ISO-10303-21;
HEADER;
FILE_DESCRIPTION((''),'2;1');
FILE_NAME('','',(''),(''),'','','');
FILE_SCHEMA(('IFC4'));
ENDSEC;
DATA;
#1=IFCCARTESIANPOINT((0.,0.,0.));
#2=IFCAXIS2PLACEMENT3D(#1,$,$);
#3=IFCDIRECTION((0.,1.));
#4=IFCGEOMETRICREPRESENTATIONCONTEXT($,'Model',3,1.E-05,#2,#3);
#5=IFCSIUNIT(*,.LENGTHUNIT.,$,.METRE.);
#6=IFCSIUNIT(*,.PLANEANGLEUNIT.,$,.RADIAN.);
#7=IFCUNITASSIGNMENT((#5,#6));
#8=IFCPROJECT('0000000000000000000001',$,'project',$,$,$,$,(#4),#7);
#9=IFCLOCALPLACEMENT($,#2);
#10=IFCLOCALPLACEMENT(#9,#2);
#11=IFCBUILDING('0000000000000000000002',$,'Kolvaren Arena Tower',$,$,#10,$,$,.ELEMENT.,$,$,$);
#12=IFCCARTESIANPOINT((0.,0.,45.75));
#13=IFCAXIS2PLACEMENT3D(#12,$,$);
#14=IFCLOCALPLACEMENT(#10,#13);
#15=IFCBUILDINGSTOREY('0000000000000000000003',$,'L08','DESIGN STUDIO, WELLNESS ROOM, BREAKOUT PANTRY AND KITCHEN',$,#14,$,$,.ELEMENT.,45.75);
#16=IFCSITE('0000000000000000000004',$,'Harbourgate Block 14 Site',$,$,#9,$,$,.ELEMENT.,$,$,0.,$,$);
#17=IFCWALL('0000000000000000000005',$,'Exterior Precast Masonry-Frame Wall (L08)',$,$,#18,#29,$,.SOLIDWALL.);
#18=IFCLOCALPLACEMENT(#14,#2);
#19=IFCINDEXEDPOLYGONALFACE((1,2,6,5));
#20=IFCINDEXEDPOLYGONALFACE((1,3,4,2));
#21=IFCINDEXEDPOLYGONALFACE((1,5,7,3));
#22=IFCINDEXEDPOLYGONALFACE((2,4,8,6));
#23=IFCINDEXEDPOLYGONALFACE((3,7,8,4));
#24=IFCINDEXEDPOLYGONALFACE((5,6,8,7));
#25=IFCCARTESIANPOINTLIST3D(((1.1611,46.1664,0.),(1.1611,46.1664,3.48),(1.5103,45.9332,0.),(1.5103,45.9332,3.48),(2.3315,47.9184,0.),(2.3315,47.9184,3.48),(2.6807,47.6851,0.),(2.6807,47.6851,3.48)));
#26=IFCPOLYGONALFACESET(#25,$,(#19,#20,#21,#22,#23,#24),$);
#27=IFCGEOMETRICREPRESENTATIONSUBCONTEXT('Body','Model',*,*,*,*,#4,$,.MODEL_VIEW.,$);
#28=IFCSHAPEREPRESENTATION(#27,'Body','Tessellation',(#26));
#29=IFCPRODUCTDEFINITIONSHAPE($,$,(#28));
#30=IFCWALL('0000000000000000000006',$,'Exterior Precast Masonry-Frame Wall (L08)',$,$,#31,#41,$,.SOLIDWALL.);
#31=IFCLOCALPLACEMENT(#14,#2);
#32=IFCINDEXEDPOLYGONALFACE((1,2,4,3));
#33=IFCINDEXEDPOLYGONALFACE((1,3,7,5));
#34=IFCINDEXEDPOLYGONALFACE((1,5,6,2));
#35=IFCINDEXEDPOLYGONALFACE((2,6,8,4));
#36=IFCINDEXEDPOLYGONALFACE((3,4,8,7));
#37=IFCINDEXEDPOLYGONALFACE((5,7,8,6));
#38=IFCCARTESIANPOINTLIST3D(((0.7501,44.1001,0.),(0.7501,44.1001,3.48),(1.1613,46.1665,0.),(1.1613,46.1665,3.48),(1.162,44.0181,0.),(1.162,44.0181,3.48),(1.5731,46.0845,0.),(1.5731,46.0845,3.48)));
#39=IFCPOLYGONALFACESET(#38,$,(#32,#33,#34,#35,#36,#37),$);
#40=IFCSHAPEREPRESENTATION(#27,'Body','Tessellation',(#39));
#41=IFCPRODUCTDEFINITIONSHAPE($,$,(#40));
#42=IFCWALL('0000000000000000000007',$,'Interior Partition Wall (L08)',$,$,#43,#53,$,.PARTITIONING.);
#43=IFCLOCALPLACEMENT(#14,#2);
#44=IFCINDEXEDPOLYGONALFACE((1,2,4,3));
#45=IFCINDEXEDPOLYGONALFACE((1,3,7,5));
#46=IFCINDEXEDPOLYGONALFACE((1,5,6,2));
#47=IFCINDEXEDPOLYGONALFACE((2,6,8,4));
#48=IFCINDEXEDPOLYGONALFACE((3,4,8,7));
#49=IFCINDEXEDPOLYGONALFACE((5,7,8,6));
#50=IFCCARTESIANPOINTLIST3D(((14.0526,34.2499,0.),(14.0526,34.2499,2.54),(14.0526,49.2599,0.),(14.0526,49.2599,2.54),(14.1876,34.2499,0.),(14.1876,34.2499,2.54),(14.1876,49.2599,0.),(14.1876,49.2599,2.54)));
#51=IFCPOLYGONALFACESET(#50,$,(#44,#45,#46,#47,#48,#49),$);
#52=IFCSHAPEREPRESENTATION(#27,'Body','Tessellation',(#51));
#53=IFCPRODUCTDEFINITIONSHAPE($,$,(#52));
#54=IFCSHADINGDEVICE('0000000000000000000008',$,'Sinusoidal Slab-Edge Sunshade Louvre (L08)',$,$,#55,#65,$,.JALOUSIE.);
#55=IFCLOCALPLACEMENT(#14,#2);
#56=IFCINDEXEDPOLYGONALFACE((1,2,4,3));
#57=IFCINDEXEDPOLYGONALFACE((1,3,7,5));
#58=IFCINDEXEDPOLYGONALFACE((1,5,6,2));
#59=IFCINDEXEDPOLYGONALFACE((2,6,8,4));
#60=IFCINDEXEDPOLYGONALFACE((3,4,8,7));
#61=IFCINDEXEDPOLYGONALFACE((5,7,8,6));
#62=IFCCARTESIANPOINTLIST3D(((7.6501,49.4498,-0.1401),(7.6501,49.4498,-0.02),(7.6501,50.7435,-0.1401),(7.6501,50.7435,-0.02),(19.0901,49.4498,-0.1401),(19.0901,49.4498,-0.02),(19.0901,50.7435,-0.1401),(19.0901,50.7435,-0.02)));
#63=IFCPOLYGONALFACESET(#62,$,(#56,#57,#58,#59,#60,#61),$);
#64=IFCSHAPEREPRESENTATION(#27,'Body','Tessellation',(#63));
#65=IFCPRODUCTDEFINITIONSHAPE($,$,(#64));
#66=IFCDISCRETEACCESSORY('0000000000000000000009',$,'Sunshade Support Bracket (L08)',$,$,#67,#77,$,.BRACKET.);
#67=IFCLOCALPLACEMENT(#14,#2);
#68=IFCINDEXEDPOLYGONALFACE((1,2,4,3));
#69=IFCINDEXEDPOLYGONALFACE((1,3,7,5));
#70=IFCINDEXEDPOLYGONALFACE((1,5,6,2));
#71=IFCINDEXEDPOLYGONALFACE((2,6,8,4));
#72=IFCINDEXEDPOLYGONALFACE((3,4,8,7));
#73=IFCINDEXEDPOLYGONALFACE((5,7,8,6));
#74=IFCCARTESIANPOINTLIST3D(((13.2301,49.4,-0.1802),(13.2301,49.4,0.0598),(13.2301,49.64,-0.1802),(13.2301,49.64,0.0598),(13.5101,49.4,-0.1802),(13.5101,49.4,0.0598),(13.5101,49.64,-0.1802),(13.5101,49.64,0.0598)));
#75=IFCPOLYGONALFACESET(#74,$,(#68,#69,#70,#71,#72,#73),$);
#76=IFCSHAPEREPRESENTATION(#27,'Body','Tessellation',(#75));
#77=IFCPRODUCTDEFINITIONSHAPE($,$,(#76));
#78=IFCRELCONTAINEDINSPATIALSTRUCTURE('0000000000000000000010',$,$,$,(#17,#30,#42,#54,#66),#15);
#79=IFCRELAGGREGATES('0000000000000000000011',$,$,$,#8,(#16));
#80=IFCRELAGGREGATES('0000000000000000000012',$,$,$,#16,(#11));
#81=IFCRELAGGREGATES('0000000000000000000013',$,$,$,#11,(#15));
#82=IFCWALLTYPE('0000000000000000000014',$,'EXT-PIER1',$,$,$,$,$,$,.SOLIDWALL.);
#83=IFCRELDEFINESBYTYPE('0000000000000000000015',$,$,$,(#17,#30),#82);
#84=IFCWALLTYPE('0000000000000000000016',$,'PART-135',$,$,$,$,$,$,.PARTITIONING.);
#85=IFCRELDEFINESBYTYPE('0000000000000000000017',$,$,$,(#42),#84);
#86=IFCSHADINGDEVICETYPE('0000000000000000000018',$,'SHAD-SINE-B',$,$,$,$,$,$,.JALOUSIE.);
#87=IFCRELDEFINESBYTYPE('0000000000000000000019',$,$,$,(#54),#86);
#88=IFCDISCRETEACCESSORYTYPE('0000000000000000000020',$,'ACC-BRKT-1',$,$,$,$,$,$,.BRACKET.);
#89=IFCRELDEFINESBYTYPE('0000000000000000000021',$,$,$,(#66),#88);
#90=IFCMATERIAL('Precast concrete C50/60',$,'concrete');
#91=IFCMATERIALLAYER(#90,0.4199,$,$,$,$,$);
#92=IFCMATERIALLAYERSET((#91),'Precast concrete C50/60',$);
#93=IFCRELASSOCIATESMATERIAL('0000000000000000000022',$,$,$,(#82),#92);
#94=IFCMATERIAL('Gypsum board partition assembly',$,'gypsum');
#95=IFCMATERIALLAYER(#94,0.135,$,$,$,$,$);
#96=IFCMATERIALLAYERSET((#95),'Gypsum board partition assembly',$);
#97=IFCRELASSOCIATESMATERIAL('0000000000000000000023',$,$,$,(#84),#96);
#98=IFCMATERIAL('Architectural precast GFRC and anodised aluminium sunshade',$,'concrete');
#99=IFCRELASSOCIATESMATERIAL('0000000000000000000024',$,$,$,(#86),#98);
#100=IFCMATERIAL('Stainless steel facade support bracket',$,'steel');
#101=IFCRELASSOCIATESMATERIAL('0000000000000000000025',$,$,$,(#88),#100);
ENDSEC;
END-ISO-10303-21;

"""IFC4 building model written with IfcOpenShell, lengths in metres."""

from ifc_helpers import new_model, si_unit, direction, frame, frame_2d, origin, origin_2d, place, context, subcontext, project, spatial, rectangle, extrude, material, layer, layer_set, type_object, element, save


model = new_model("IFC4")

# Units and contexts
model_context = context("Model", 3, precision=1e-05, world=origin(), true_north=direction((0.0, 1.0)))
body_context = subcontext(model_context, "Body", "Model", "MODEL_VIEW")
ifc_project = project(units=[si_unit("LENGTHUNIT", "METRE"), si_unit("PLANEANGLEUNIT", "RADIAN")], contexts=[model_context])

# Site, building, storey
site_placement = place(None, origin())
site = spatial("IfcSite", under=ifc_project, at=site_placement, Name="Harbourgate Block 14 Site", CompositionType="ELEMENT", RefElevation=0.0)
building_placement = place(site_placement, origin())
building = spatial("IfcBuilding", under=site, at=building_placement, Name="Kolvaren Arena Tower", CompositionType="ELEMENT")
storey_placement = place(building_placement, frame((0.0, 0.0, 45.75)))
storey = spatial("IfcBuildingStorey", under=building, at=storey_placement, Name="L08", Description="DESIGN STUDIO, WELLNESS ROOM, BREAKOUT PANTRY AND KITCHEN", CompositionType="ELEMENT", Elevation=45.75)

# Shared definitions
ifc_material_1 = material(Name="Precast concrete C50/60", Category="concrete")
ifc_layer_1 = layer(ifc_material_1, 0.4199)
ifc_layer_set_1 = layer_set([ifc_layer_1], Name="Precast concrete C50/60")
wall_type_1 = type_object("IfcWallType", Name="EXT-PIER1", PredefinedType="SOLIDWALL", material=ifc_layer_set_1)

# Walls
for number, where, z_axis, x_axis, name in (
    (1, (1.3357, 46.0498, 0.0), (0.0, 0.0, 1.0), (0.555502, 0.831515, 0.0), "Exterior Precast Masonry-Frame Wall (L08)"),
    (2, (0.9561, 44.0591, 0.0), (0.0, 0.0, 1.0), (0.195136, 0.980776, 0.0), "Exterior Precast Masonry-Frame Wall (L08)"),
):
    element("IfcWall", number, at=place(storey_placement, frame(where, z_axis=z_axis, x_axis=x_axis)), inside=storey, type_object=wall_type_1, Name=name, PredefinedType="SOLIDWALL", context=body_context, shape_type="SweptSolid", body=[
        extrude(rectangle(XDim=2.1069, YDim=0.4199, at=frame_2d((1.0535, 0.0))), origin(), (0.0, 0.0, 1.0), 3.48),
    ])
ifc_material_2 = material(Name="Gypsum board partition assembly", Category="gypsum")
ifc_layer_2 = layer(ifc_material_2, 0.135)
ifc_layer_set_2 = layer_set([ifc_layer_2], Name="Gypsum board partition assembly")
wall_type_2 = type_object("IfcWallType", Name="PART-135", PredefinedType="PARTITIONING", material=ifc_layer_set_2)
wall_1_placement = place(storey_placement, frame((14.1201, 34.25, 0.0), z_axis=(0.0, 0.0, 1.0), x_axis=(0.0, 1.0, 0.0)))
element("IfcWall", 3, at=wall_1_placement, inside=storey, type_object=wall_type_2, Name="Interior Partition Wall (L08)", PredefinedType="PARTITIONING", context=body_context, shape_type="SweptSolid", body=[
    extrude(rectangle(XDim=15.01, YDim=0.135, at=frame_2d((7.5049, 0.0))), origin(), (0.0, 0.0, 1.0), 2.54),
])

# Shading device
ifc_material_3 = material(Name="Architectural precast GFRC and anodised aluminium sunshade", Category="concrete")
shading_device_type = type_object("IfcShadingDeviceType", Name="SHAD-SINE-B", PredefinedType="JALOUSIE", material=ifc_material_3)
shading_device_placement = place(storey_placement, frame((13.3701, 50.0967, -0.1401), z_axis=(0.0, 0.0, 1.0), x_axis=(1.0, 0.0, 0.0)))
element("IfcShadingDevice", 4, at=shading_device_placement, inside=storey, type_object=shading_device_type, Name="Sinusoidal Slab-Edge Sunshade Louvre (L08)", PredefinedType="JALOUSIE", context=body_context, shape_type="SweptSolid", body=[
    extrude(rectangle(XDim=11.4399, YDim=1.2937, at=origin_2d()), origin(), (0.0, 0.0, 1.0), 0.1201),
])

# Discrete accessory
ifc_material_4 = material(Name="Stainless steel facade support bracket", Category="steel")
discrete_accessory_type = type_object("IfcDiscreteAccessoryType", Name="ACC-BRKT-1", PredefinedType="BRACKET", material=ifc_material_4)
discrete_accessory_placement = place(storey_placement, frame((13.3701, 49.52, -0.1802), z_axis=(0.0, 0.0, 1.0), x_axis=(1.0, 0.0, 0.0)))
element("IfcDiscreteAccessory", 5, at=discrete_accessory_placement, inside=storey, type_object=discrete_accessory_type, Name="Sunshade Support Bracket (L08)", PredefinedType="BRACKET", context=body_context, shape_type="SweptSolid", body=[
    extrude(rectangle(XDim=0.28, YDim=0.24, at=origin_2d()), origin(), (0.0, 0.0, 1.0), 0.24),
])

save(model, "model.ifc")
